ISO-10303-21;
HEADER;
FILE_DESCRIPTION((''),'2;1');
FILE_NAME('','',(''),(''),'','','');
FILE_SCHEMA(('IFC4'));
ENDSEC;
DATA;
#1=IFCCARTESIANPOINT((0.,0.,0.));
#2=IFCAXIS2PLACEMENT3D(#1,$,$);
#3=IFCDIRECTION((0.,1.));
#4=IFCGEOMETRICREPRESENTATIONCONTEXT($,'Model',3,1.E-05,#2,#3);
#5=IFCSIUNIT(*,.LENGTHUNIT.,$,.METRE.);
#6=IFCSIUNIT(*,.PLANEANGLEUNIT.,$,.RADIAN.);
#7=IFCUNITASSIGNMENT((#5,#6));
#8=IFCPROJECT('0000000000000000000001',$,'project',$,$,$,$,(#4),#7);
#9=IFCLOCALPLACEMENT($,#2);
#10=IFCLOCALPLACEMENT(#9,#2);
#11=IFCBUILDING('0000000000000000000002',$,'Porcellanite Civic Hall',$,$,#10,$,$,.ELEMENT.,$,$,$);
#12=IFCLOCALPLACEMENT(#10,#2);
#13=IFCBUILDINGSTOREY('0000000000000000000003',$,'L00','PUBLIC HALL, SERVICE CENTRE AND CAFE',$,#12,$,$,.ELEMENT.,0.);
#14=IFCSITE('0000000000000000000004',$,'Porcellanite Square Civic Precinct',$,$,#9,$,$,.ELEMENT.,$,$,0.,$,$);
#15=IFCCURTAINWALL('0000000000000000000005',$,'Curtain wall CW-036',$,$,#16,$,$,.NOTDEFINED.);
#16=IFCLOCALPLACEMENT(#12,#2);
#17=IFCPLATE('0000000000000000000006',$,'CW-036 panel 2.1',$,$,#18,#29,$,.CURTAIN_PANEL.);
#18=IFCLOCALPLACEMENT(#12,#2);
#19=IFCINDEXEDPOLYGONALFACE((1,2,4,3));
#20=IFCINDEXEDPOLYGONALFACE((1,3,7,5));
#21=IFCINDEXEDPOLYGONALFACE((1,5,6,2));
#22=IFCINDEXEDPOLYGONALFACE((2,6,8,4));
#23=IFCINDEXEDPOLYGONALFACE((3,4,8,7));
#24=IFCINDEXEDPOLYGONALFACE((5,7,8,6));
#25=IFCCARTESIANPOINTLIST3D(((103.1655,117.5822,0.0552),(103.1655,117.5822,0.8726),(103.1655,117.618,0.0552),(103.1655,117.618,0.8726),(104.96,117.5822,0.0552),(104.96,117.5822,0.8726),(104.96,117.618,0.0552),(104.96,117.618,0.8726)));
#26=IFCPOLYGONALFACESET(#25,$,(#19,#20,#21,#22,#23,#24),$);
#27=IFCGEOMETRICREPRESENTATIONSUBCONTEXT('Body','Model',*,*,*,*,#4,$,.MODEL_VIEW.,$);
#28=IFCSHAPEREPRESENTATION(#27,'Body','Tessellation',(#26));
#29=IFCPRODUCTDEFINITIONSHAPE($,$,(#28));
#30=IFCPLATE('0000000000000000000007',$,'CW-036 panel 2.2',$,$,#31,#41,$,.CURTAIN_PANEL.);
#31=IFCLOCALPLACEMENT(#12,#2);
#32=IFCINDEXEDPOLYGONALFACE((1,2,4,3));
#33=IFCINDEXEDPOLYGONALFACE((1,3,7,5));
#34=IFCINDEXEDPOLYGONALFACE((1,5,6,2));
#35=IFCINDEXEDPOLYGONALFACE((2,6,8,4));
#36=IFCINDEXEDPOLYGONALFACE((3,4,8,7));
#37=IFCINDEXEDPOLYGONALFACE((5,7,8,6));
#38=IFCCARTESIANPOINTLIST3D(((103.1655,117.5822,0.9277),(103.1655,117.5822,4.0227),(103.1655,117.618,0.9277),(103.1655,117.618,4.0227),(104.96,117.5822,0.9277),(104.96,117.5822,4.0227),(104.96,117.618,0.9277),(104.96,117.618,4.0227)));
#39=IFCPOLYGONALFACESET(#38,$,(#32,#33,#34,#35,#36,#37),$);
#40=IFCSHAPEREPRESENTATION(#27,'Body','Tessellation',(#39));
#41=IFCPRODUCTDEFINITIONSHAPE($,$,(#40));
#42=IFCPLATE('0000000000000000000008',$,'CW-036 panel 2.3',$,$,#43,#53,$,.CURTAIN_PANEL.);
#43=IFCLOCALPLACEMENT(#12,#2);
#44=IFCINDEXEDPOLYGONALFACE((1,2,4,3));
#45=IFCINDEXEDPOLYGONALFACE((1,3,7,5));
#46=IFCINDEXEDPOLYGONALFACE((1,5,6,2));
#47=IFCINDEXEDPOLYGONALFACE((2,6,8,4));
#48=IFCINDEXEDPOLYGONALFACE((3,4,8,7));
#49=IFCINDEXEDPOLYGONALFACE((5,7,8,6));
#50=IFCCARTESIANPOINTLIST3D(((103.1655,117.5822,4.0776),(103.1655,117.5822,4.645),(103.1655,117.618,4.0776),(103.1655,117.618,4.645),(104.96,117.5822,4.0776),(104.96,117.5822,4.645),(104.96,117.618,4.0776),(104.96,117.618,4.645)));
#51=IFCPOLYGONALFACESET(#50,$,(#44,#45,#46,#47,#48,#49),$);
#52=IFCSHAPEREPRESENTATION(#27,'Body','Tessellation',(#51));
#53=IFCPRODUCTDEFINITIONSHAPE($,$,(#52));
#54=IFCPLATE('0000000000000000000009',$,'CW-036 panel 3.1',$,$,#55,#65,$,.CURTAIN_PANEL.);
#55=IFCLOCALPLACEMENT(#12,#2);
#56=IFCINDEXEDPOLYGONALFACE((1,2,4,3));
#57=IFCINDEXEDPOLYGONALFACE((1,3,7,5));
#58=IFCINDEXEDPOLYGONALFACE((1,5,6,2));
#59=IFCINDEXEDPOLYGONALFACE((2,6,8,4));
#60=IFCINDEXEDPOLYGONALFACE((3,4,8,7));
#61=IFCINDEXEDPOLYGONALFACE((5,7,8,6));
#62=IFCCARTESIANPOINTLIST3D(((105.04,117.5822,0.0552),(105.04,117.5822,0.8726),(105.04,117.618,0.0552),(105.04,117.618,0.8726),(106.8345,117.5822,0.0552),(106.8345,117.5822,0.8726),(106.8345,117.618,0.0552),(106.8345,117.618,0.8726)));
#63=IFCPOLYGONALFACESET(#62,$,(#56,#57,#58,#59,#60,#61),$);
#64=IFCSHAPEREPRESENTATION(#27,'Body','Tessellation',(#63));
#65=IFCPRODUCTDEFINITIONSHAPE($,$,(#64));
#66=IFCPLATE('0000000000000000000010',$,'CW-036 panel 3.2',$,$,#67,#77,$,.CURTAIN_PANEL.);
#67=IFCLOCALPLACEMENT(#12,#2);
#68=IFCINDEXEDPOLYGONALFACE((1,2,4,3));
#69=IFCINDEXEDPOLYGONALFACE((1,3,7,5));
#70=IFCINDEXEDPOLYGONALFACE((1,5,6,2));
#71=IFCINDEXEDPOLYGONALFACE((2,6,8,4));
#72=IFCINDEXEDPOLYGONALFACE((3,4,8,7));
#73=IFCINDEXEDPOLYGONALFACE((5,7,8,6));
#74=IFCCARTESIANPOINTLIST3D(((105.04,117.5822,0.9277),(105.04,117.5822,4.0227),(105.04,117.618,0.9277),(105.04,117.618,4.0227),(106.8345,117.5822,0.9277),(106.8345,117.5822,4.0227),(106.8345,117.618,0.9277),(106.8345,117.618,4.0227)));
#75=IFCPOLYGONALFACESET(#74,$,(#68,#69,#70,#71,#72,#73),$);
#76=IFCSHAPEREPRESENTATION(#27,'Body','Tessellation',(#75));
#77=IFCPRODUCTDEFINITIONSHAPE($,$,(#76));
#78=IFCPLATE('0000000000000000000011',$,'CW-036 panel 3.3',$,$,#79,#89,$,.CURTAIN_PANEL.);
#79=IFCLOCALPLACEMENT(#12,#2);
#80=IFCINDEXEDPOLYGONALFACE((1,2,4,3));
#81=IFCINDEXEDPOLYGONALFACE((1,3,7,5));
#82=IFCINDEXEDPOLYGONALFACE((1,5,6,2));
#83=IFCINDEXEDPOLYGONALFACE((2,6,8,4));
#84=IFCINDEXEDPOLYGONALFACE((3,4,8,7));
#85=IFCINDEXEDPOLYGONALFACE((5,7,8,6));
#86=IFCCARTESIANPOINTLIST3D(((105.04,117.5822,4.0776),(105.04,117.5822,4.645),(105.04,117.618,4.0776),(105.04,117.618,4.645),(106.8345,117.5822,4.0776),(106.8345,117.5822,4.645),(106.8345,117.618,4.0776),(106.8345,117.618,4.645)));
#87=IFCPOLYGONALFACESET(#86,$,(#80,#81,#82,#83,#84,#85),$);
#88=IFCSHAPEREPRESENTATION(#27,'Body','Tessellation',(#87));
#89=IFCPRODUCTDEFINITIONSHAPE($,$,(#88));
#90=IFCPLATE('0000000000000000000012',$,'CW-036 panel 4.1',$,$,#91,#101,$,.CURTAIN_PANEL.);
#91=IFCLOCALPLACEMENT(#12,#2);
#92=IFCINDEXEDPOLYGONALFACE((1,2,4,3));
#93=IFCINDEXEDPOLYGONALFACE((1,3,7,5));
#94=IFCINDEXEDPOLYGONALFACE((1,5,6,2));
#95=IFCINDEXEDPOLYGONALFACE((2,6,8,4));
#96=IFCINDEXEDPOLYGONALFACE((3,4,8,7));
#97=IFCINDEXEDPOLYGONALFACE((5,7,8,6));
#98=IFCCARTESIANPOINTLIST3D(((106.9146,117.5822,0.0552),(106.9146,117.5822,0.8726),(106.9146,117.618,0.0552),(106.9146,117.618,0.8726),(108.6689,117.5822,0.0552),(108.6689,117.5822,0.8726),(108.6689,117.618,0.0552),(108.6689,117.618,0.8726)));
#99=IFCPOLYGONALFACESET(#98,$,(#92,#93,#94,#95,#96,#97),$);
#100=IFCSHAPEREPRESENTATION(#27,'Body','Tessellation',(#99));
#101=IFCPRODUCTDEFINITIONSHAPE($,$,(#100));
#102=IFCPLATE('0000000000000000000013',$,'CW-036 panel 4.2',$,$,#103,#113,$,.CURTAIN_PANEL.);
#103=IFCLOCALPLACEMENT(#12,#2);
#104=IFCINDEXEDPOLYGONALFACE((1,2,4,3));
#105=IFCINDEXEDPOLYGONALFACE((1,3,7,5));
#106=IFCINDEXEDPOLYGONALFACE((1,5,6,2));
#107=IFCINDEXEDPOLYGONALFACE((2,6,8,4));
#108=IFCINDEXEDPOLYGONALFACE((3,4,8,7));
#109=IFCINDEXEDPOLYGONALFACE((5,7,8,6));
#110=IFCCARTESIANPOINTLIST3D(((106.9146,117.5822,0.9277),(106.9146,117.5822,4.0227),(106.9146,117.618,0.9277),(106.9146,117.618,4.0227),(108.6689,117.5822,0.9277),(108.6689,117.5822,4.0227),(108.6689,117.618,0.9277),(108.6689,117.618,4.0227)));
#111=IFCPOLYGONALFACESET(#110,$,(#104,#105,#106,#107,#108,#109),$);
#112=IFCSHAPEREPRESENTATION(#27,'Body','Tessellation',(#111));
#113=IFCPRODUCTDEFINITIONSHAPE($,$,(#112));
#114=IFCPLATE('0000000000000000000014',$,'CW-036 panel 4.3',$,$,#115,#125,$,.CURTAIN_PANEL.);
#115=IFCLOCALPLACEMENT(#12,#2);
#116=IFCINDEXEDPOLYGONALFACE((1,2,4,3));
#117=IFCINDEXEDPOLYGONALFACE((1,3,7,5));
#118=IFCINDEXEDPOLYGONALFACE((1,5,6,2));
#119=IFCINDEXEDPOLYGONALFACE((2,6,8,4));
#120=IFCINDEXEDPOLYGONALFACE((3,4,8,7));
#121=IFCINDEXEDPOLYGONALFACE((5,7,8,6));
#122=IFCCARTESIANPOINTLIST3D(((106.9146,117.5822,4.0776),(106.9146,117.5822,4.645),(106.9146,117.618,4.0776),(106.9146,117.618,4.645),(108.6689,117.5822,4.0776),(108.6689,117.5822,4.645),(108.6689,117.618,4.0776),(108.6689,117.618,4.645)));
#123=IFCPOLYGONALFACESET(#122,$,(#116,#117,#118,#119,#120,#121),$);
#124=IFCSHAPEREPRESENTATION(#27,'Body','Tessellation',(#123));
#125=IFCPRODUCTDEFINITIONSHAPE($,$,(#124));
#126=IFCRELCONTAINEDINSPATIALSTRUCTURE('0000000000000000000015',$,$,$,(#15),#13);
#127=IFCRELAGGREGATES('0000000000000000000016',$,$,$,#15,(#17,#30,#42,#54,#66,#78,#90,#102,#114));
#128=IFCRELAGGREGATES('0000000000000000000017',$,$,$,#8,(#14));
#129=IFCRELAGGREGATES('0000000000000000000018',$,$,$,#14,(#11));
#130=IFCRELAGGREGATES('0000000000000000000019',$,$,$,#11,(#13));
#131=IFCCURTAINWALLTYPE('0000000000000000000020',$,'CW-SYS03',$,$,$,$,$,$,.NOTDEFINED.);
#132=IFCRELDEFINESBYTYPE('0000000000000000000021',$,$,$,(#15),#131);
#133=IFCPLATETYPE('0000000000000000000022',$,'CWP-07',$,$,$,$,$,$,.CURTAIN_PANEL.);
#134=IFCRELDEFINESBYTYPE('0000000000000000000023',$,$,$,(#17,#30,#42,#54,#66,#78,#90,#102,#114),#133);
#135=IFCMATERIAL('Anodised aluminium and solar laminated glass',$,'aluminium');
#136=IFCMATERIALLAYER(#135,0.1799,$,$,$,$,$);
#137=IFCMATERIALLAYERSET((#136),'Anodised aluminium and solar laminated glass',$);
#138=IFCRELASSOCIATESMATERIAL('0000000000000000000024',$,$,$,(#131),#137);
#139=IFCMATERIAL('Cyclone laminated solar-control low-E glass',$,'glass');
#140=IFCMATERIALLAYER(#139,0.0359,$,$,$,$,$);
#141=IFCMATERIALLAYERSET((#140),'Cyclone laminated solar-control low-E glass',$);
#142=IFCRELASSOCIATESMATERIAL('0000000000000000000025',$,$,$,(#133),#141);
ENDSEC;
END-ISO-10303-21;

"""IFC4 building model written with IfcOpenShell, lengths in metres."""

from ifc_helpers import new_model, si_unit, direction, frame, origin, origin_2d, place, context, subcontext, project, spatial, rectangle, extrude, material, layer, layer_set, type_object, element, aggregate, save


model = new_model("IFC4")

# Units and contexts
model_context = context("Model", 3, precision=1e-05, world=origin(), true_north=direction((0.0, 1.0)))
body_context = subcontext(model_context, "Body", "Model", "MODEL_VIEW")
ifc_project = project(units=[si_unit("LENGTHUNIT", "METRE"), si_unit("PLANEANGLEUNIT", "RADIAN")], contexts=[model_context])

# Site, building, storey
site_placement = place(None, origin())
site = spatial("IfcSite", under=ifc_project, at=site_placement, Name="Porcellanite Square Civic Precinct", CompositionType="ELEMENT", RefElevation=0.0)
building_placement = place(site_placement, origin())
building = spatial("IfcBuilding", under=site, at=building_placement, Name="Porcellanite Civic Hall", CompositionType="ELEMENT")
storey_placement = place(building_placement, origin())
storey = spatial("IfcBuildingStorey", under=building, at=storey_placement, Name="L00", Description="PUBLIC HALL, SERVICE CENTRE AND CAFE", CompositionType="ELEMENT", Elevation=0.0)

# Curtain wall
ifc_material_1 = material(Name="Anodised aluminium and solar laminated glass", Category="aluminium")
ifc_layer_1 = layer(ifc_material_1, 0.1799)
ifc_layer_set_1 = layer_set([ifc_layer_1], Name="Anodised aluminium and solar laminated glass")
curtain_wall_type = type_object("IfcCurtainWallType", Name="CW-SYS03", PredefinedType="NOTDEFINED", material=ifc_layer_set_1)
curtain_wall_placement = place(storey_placement, origin())
curtain_wall = element("IfcCurtainWall", 1, at=curtain_wall_placement, inside=storey, type_object=curtain_wall_type, Name="Curtain wall CW-036", PredefinedType="NOTDEFINED")

# Plates
ifc_material_2 = material(Name="Cyclone laminated solar-control low-E glass", Category="glass")
ifc_layer_2 = layer(ifc_material_2, 0.0359)
ifc_layer_set_2 = layer_set([ifc_layer_2], Name="Cyclone laminated solar-control low-E glass")
plate_type = type_object("IfcPlateType", Name="CWP-07", PredefinedType="CURTAIN_PANEL", material=ifc_layer_set_2)
plate_1_placement = place(storey_placement, frame((104.0627, 117.6001, 0.0552), z_axis=(0.0, 0.0, 1.0), x_axis=(1.0, 0.0, 0.0)))
plate_1 = element("IfcPlate", 2, at=plate_1_placement, type_object=plate_type, Name="CW-036 panel 2.1", PredefinedType="CURTAIN_PANEL", context=body_context, shape_type="SweptSolid", body=[
    extrude(rectangle(XDim=1.7944, YDim=0.0359, at=origin_2d()), origin(), (0.0, 0.0, 1.0), 0.8174),
])
plate_2_placement = place(storey_placement, frame((104.0627, 117.6001, 0.9277), z_axis=(0.0, 0.0, 1.0), x_axis=(1.0, 0.0, 0.0)))
plate_2 = element("IfcPlate", 3, at=plate_2_placement, type_object=plate_type, Name="CW-036 panel 2.2", PredefinedType="CURTAIN_PANEL", context=body_context, shape_type="SweptSolid", body=[
    extrude(rectangle(XDim=1.7944, YDim=0.0359, at=origin_2d()), origin(), (0.0, 0.0, 1.0), 3.095),
])
plate_3_placement = place(storey_placement, frame((104.0627, 117.6001, 4.0776), z_axis=(0.0, 0.0, 1.0), x_axis=(1.0, 0.0, 0.0)))
plate_3 = element("IfcPlate", 4, at=plate_3_placement, type_object=plate_type, Name="CW-036 panel 2.3", PredefinedType="CURTAIN_PANEL", context=body_context, shape_type="SweptSolid", body=[
    extrude(rectangle(XDim=1.7944, YDim=0.0359, at=origin_2d()), origin(), (0.0, 0.0, 1.0), 0.5674),
])
plate_4_placement = place(storey_placement, frame((105.9373, 117.6001, 0.0552), z_axis=(0.0, 0.0, 1.0), x_axis=(1.0, 0.0, 0.0)))
plate_4 = element("IfcPlate", 5, at=plate_4_placement, type_object=plate_type, Name="CW-036 panel 3.1", PredefinedType="CURTAIN_PANEL", context=body_context, shape_type="SweptSolid", body=[
    extrude(rectangle(XDim=1.7944, YDim=0.0359, at=origin_2d()), origin(), (0.0, 0.0, 1.0), 0.8174),
])
plate_5_placement = place(storey_placement, frame((105.9373, 117.6001, 0.9277), z_axis=(0.0, 0.0, 1.0), x_axis=(1.0, 0.0, 0.0)))
plate_5 = element("IfcPlate", 6, at=plate_5_placement, type_object=plate_type, Name="CW-036 panel 3.2", PredefinedType="CURTAIN_PANEL", context=body_context, shape_type="SweptSolid", body=[
    extrude(rectangle(XDim=1.7944, YDim=0.0359, at=origin_2d()), origin(), (0.0, 0.0, 1.0), 3.095),
])
plate_6_placement = place(storey_placement, frame((105.9373, 117.6001, 4.0776), z_axis=(0.0, 0.0, 1.0), x_axis=(1.0, 0.0, 0.0)))
plate_6 = element("IfcPlate", 7, at=plate_6_placement, type_object=plate_type, Name="CW-036 panel 3.3", PredefinedType="CURTAIN_PANEL", context=body_context, shape_type="SweptSolid", body=[
    extrude(rectangle(XDim=1.7944, YDim=0.0359, at=origin_2d()), origin(), (0.0, 0.0, 1.0), 0.5674),
])
plate_7_placement = place(storey_placement, frame((107.7917, 117.6001, 0.0552), z_axis=(0.0, 0.0, 1.0), x_axis=(1.0, 0.0, 0.0)))
plate_7 = element("IfcPlate", 8, at=plate_7_placement, type_object=plate_type, Name="CW-036 panel 4.1", PredefinedType="CURTAIN_PANEL", context=body_context, shape_type="SweptSolid", body=[
    extrude(rectangle(XDim=1.7544, YDim=0.0359, at=origin_2d()), origin(), (0.0, 0.0, 1.0), 0.8174),
])
plate_8_placement = place(storey_placement, frame((107.7917, 117.6001, 0.9277), z_axis=(0.0, 0.0, 1.0), x_axis=(1.0, 0.0, 0.0)))
plate_8 = element("IfcPlate", 9, at=plate_8_placement, type_object=plate_type, Name="CW-036 panel 4.2", PredefinedType="CURTAIN_PANEL", context=body_context, shape_type="SweptSolid", body=[
    extrude(rectangle(XDim=1.7544, YDim=0.0359, at=origin_2d()), origin(), (0.0, 0.0, 1.0), 3.095),
])
plate_9_placement = place(storey_placement, frame((107.7917, 117.6001, 4.0776), z_axis=(0.0, 0.0, 1.0), x_axis=(1.0, 0.0, 0.0)))
plate_9 = element("IfcPlate", 10, at=plate_9_placement, type_object=plate_type, Name="CW-036 panel 4.3", PredefinedType="CURTAIN_PANEL", context=body_context, shape_type="SweptSolid", body=[
    extrude(rectangle(XDim=1.7544, YDim=0.0359, at=origin_2d()), origin(), (0.0, 0.0, 1.0), 0.5674),
])
aggregate(curtain_wall, [plate_1, plate_2, plate_3, plate_4, plate_5, plate_6, plate_7, plate_8, plate_9])

save(model, "model.ifc")
